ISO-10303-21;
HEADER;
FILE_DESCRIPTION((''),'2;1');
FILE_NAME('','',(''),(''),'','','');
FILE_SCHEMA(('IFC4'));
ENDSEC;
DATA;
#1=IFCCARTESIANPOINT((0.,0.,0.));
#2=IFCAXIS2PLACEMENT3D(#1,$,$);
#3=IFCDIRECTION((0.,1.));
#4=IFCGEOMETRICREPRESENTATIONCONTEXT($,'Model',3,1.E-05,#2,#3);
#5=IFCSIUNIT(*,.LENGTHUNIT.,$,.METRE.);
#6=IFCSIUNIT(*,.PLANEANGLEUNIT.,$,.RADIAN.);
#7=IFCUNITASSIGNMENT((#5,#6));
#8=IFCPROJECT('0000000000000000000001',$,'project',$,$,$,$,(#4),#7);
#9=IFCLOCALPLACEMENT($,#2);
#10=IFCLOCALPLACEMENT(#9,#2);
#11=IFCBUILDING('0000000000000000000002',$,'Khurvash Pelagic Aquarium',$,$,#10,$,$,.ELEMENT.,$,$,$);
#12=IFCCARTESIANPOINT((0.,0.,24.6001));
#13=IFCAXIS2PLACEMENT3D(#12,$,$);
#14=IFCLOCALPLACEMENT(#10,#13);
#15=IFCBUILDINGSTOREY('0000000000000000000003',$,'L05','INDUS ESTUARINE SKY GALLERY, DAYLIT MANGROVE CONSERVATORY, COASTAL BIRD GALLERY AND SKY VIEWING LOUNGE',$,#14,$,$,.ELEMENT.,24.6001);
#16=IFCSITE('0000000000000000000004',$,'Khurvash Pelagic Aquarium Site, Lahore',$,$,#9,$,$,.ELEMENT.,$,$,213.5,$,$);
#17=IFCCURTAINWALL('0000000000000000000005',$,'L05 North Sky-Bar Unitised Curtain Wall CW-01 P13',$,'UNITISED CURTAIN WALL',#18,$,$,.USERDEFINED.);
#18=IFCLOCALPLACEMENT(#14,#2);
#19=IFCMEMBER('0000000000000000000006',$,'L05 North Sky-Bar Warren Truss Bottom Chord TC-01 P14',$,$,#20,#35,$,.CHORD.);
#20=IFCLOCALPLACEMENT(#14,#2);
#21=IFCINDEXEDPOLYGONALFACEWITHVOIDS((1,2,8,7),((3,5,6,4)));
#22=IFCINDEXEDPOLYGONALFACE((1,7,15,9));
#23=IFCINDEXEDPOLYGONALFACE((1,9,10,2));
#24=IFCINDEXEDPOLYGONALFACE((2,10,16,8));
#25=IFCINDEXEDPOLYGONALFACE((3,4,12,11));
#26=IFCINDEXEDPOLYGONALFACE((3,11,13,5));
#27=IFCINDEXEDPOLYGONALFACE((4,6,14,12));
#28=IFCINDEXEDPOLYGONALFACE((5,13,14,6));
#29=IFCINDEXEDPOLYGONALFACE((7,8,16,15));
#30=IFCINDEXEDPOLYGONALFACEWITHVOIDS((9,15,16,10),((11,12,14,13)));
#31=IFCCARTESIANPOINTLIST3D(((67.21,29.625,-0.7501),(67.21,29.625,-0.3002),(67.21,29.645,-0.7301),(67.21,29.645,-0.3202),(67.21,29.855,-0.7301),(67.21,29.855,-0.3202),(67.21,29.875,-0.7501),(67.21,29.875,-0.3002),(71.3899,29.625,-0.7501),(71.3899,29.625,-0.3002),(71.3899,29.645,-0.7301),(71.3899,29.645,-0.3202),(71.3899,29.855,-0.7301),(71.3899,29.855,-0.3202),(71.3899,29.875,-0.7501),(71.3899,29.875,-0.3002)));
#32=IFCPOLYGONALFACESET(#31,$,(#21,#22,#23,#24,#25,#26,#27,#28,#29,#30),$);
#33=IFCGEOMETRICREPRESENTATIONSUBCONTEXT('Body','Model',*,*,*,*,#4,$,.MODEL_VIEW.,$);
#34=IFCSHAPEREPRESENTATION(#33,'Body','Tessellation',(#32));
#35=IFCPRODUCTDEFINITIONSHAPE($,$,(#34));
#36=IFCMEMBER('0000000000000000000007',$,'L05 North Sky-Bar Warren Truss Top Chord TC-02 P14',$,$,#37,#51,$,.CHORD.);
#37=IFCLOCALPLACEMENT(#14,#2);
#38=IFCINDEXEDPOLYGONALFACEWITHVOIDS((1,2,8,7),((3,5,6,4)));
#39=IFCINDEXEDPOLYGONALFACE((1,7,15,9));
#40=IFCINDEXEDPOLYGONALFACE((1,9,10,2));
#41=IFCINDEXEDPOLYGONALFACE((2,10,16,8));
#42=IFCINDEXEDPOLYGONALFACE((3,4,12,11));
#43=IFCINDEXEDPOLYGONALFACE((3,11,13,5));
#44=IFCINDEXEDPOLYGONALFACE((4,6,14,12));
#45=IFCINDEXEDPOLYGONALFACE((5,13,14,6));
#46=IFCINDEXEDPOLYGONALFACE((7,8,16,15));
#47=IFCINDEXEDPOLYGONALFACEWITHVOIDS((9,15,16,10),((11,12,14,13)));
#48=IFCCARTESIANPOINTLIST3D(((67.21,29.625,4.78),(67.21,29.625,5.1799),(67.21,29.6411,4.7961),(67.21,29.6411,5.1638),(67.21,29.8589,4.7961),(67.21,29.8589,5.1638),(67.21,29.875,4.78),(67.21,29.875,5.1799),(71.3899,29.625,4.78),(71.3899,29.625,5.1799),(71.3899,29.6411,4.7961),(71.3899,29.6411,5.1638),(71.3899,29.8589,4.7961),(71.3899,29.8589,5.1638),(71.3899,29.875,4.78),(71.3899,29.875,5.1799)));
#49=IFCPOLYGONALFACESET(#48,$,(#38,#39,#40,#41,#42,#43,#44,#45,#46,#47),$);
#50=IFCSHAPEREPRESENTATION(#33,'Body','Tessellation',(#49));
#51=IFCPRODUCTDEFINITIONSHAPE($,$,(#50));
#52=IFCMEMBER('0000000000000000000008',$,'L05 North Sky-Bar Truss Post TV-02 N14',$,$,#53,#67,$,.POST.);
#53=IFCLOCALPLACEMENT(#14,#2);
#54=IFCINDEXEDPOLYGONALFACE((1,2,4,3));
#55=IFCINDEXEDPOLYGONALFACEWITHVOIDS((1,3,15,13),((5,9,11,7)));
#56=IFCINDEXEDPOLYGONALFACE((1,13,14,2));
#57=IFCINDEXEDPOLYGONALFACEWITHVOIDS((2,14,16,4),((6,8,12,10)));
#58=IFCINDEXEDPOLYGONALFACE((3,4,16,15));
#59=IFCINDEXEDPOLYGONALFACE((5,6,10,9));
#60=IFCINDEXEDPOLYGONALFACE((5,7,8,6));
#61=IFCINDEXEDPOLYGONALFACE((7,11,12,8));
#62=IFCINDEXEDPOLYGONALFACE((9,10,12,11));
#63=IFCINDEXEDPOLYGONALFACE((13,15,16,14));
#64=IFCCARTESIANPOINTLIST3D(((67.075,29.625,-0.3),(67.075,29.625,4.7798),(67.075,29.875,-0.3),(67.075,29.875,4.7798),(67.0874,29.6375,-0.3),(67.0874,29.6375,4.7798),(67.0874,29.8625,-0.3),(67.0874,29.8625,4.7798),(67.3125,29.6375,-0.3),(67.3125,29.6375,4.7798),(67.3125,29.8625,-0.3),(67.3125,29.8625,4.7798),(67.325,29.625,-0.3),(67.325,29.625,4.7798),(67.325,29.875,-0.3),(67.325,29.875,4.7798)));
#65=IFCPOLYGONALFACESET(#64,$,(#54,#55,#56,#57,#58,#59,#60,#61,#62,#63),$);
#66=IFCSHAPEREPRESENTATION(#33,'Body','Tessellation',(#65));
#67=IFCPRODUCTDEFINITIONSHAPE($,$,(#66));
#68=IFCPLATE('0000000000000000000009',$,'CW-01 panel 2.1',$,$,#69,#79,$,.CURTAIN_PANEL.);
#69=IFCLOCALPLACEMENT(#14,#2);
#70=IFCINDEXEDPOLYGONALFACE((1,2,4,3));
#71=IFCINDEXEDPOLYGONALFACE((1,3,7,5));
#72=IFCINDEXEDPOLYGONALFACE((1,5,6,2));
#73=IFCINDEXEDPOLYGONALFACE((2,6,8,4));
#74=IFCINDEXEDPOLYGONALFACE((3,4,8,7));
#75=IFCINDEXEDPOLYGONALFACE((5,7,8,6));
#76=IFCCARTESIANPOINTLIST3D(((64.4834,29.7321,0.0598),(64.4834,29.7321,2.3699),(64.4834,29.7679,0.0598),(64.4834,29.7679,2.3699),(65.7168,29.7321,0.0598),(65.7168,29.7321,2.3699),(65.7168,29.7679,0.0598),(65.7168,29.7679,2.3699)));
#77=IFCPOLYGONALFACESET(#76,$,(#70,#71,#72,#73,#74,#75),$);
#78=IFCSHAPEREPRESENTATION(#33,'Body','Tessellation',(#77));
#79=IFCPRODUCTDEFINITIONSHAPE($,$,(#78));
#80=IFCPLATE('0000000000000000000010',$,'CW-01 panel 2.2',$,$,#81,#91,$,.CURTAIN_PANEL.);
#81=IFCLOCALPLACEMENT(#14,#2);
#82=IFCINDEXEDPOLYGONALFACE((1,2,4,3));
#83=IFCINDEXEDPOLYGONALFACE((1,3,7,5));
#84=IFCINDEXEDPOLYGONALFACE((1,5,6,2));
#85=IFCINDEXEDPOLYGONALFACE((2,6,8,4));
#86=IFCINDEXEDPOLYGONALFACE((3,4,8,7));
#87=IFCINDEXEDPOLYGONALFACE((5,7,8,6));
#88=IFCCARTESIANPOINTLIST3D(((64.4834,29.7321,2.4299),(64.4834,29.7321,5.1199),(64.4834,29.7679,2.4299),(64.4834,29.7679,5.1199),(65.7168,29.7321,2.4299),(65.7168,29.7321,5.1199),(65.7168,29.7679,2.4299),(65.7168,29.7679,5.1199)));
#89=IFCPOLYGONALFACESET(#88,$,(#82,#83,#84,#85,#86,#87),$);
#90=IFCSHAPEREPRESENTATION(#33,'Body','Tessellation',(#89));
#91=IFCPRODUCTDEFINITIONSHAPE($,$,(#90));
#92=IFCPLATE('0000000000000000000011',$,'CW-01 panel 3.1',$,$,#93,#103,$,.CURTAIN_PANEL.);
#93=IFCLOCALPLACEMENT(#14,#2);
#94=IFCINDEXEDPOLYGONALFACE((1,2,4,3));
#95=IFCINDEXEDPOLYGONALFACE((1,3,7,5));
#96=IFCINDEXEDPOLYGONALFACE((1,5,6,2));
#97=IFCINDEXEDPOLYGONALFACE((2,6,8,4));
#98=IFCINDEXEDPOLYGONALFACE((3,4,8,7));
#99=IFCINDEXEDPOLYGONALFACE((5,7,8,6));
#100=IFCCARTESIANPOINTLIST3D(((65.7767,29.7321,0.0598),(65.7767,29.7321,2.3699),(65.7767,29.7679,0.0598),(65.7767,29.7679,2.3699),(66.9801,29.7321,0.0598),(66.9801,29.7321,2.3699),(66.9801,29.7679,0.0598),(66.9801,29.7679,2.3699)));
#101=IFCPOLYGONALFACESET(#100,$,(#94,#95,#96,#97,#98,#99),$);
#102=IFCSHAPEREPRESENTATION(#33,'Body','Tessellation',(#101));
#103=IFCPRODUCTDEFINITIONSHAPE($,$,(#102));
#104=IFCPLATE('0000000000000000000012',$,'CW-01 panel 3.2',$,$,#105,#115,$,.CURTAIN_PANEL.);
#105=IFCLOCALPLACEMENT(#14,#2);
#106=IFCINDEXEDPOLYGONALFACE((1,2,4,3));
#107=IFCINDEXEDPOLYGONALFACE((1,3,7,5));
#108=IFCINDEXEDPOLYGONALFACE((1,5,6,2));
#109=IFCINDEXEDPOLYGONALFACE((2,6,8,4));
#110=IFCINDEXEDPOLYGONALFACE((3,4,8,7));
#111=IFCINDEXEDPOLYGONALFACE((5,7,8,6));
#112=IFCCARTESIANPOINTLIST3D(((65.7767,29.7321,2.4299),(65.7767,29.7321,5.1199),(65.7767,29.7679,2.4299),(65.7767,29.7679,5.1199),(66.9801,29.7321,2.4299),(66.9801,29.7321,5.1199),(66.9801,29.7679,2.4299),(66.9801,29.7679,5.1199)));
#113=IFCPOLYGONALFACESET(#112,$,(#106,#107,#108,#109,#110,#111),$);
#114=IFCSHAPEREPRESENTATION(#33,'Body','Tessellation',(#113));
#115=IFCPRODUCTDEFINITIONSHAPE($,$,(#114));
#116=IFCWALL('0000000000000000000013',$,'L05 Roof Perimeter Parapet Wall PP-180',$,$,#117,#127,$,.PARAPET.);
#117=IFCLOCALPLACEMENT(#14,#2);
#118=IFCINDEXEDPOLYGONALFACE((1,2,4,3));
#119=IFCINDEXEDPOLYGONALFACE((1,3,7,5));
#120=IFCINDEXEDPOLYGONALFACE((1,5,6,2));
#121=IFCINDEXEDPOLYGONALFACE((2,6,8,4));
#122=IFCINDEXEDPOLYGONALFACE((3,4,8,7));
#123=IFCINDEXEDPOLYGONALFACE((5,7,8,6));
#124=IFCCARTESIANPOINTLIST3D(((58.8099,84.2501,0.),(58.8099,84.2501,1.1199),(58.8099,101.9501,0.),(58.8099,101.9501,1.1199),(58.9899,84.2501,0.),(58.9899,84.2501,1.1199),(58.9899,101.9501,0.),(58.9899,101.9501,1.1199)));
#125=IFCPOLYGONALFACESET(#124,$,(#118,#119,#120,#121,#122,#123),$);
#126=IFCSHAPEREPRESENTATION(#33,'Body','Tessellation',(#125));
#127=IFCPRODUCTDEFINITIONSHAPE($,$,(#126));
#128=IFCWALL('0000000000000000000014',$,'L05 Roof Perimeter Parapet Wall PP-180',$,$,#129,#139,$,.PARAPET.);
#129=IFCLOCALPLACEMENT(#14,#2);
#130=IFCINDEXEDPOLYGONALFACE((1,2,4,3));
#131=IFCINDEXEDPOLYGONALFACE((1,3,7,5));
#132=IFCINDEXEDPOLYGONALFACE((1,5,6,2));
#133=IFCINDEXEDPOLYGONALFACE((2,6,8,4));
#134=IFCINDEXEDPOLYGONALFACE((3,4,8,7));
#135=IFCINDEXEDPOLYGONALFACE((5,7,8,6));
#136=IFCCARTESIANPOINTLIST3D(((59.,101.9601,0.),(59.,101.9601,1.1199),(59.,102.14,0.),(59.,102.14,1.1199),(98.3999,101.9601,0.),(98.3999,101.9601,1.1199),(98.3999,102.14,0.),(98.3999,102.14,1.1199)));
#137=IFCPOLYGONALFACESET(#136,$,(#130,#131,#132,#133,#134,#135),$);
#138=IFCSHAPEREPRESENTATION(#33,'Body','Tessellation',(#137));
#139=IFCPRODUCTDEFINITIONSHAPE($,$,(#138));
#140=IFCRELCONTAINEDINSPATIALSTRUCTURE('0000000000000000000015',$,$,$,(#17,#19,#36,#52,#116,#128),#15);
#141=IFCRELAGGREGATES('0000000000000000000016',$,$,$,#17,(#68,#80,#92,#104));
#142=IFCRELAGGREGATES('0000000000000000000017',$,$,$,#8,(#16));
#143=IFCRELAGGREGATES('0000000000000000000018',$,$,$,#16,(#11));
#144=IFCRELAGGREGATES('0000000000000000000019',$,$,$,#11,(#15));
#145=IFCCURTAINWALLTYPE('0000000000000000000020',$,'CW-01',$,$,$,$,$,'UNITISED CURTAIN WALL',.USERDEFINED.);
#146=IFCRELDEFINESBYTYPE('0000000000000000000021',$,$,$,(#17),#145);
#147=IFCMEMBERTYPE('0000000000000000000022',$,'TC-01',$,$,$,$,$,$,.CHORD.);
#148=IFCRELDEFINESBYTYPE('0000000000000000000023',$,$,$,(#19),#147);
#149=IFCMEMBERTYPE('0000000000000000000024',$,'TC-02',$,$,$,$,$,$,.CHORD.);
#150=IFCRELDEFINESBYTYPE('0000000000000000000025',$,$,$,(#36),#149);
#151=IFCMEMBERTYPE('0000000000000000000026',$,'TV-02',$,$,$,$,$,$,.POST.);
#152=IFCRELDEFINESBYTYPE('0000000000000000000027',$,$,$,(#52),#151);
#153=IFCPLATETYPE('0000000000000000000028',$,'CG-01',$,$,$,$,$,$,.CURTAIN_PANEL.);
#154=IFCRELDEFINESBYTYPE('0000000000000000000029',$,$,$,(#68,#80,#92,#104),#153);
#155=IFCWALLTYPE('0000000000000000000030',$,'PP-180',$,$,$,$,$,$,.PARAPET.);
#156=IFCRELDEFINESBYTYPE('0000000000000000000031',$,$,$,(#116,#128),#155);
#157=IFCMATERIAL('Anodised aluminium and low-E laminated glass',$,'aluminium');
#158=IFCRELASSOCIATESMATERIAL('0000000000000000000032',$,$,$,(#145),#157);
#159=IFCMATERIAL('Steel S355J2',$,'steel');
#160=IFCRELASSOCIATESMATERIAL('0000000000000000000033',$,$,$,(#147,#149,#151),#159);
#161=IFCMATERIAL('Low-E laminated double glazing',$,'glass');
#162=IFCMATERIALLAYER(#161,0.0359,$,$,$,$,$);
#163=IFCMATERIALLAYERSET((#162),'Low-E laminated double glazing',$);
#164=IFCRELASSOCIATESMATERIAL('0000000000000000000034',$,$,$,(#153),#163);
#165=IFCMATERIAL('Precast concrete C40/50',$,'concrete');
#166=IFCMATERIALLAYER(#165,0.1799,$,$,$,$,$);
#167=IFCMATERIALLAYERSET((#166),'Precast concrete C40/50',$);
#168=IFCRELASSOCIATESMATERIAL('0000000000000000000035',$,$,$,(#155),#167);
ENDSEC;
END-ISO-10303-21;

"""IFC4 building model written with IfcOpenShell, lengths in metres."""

from ifc_helpers import new_model, si_unit, direction, frame, frame_2d, origin, origin_2d, place, context, subcontext, project, spatial, rectangle, hollow_rectangle, extrude, material, layer, layer_set, material_profile, profile_set, type_object, element, aggregate, save


model = new_model("IFC4")

# Units and contexts
model_context = context("Model", 3, precision=1e-05, world=origin(), true_north=direction((0.0, 1.0)))
body_context = subcontext(model_context, "Body", "Model", "MODEL_VIEW")
ifc_project = project(units=[si_unit("LENGTHUNIT", "METRE"), si_unit("PLANEANGLEUNIT", "RADIAN")], contexts=[model_context])

# Site, building, storey
site_placement = place(None, origin())
site = spatial("IfcSite", under=ifc_project, at=site_placement, Name="Khurvash Pelagic Aquarium Site, Lahore", CompositionType="ELEMENT", RefElevation=213.5)
building_placement = place(site_placement, origin())
building = spatial("IfcBuilding", under=site, at=building_placement, Name="Khurvash Pelagic Aquarium", CompositionType="ELEMENT")
storey_placement = place(building_placement, frame((0.0, 0.0, 24.6001)))
storey = spatial("IfcBuildingStorey", under=building, at=storey_placement, Name="L05", Description="INDUS ESTUARINE SKY GALLERY, DAYLIT MANGROVE CONSERVATORY, COASTAL BIRD GALLERY AND SKY VIEWING LOUNGE", CompositionType="ELEMENT", Elevation=24.6001)

# Curtain wall
ifc_material_1 = material(Name="Anodised aluminium and low-E laminated glass", Category="aluminium")
curtain_wall_type = type_object("IfcCurtainWallType", Name="CW-01", ElementType="UNITISED CURTAIN WALL", PredefinedType="USERDEFINED", material=ifc_material_1)
curtain_wall_placement = place(storey_placement, origin())
curtain_wall = element("IfcCurtainWall", 1, at=curtain_wall_placement, inside=storey, type_object=curtain_wall_type, Name="L05 North Sky-Bar Unitised Curtain Wall CW-01 P13", ObjectType="UNITISED CURTAIN WALL", PredefinedType="USERDEFINED")

# Members
ifc_material_2 = material(Name="Steel S355J2", Category="steel")
ifc_material_profile_1 = material_profile(ifc_material_2, hollow_rectangle(XDim=0.25, YDim=0.45, WallThickness=0.02, at=origin_2d()), Name="RHS450X250X20")
ifc_profile_set_1 = profile_set([ifc_material_profile_1], Name="Steel S355J2")
member_type_1 = type_object("IfcMemberType", Name="TC-01", PredefinedType="CHORD", material=ifc_profile_set_1)
member_1_placement = place(storey_placement, frame((67.21, 29.75, -0.5251), z_axis=(1.0, 0.0, 0.0), x_axis=(0.0, 1.0, 0.0)))
element("IfcMember", 2, at=member_1_placement, inside=storey, type_object=member_type_1, Name="L05 North Sky-Bar Warren Truss Bottom Chord TC-01 P14", PredefinedType="CHORD", context=body_context, shape_type="SweptSolid", body=[
    extrude(hollow_rectangle(XDim=0.25, YDim=0.45, WallThickness=0.02, at=origin_2d()), origin(), (0.0, 0.0, 1.0), 4.1799),
])
ifc_material_profile_2 = material_profile(ifc_material_2, hollow_rectangle(XDim=0.25, YDim=0.3999, WallThickness=0.0161, at=origin_2d()), Name="RHS400X250X16")
ifc_profile_set_2 = profile_set([ifc_material_profile_2], Name="Steel S355J2")
member_type_2 = type_object("IfcMemberType", Name="TC-02", PredefinedType="CHORD", material=ifc_profile_set_2)
member_2_placement = place(storey_placement, frame((67.21, 29.75, 4.98), z_axis=(1.0, 0.0, 0.0), x_axis=(0.0, 1.0, 0.0)))
element("IfcMember", 3, at=member_2_placement, inside=storey, type_object=member_type_2, Name="L05 North Sky-Bar Warren Truss Top Chord TC-02 P14", PredefinedType="CHORD", context=body_context, shape_type="SweptSolid", body=[
    extrude(hollow_rectangle(XDim=0.25, YDim=0.3999, WallThickness=0.0161, at=origin_2d()), origin(), (0.0, 0.0, 1.0), 4.1799),
])
ifc_material_profile_3 = material_profile(ifc_material_2, hollow_rectangle(XDim=0.25, YDim=0.25, WallThickness=0.0125, at=origin_2d()), Name="SHS250X250X12")
ifc_profile_set_3 = profile_set([ifc_material_profile_3], Name="Steel S355J2")
member_type_3 = type_object("IfcMemberType", Name="TV-02", PredefinedType="POST", material=ifc_profile_set_3)
member_3_placement = place(storey_placement, frame((67.2, 29.75, -0.3), z_axis=(0.0, 0.0, 1.0), x_axis=(1.0, 0.0, 0.0)))
element("IfcMember", 4, at=member_3_placement, inside=storey, type_object=member_type_3, Name="L05 North Sky-Bar Truss Post TV-02 N14", PredefinedType="POST", context=body_context, shape_type="SweptSolid", body=[
    extrude(hollow_rectangle(XDim=0.25, YDim=0.25, WallThickness=0.0125, at=origin_2d()), origin(), (0.0, 0.0, 1.0), 5.0798),
])

# Plates
ifc_material_3 = material(Name="Low-E laminated double glazing", Category="glass")
ifc_layer_1 = layer(ifc_material_3, 0.0359)
ifc_layer_set_1 = layer_set([ifc_layer_1], Name="Low-E laminated double glazing")
plate_type = type_object("IfcPlateType", Name="CG-01", PredefinedType="CURTAIN_PANEL", material=ifc_layer_set_1)
plate_1_placement = place(storey_placement, frame((65.1001, 29.75, 0.0598), z_axis=(0.0, 0.0, 1.0), x_axis=(1.0, 0.0, 0.0)))
plate_1 = element("IfcPlate", 5, at=plate_1_placement, type_object=plate_type, Name="CW-01 panel 2.1", PredefinedType="CURTAIN_PANEL", context=body_context, shape_type="SweptSolid", body=[
    extrude(rectangle(XDim=1.2334, YDim=0.0359, at=origin_2d()), origin(), (0.0, 0.0, 1.0), 2.3101),
])
plate_2_placement = place(storey_placement, frame((65.1001, 29.75, 2.4299), z_axis=(0.0, 0.0, 1.0), x_axis=(1.0, 0.0, 0.0)))
plate_2 = element("IfcPlate", 6, at=plate_2_placement, type_object=plate_type, Name="CW-01 panel 2.2", PredefinedType="CURTAIN_PANEL", context=body_context, shape_type="SweptSolid", body=[
    extrude(rectangle(XDim=1.2334, YDim=0.0359, at=origin_2d()), origin(), (0.0, 0.0, 1.0), 2.6899),
])
plate_3_placement = place(storey_placement, frame((66.3784, 29.75, 0.0598), z_axis=(0.0, 0.0, 1.0), x_axis=(1.0, 0.0, 0.0)))
plate_3 = element("IfcPlate", 7, at=plate_3_placement, type_object=plate_type, Name="CW-01 panel 3.1", PredefinedType="CURTAIN_PANEL", context=body_context, shape_type="SweptSolid", body=[
    extrude(rectangle(XDim=1.2034, YDim=0.0359, at=origin_2d()), origin(), (0.0, 0.0, 1.0), 2.3101),
])
plate_4_placement = place(storey_placement, frame((66.3784, 29.75, 2.4299), z_axis=(0.0, 0.0, 1.0), x_axis=(1.0, 0.0, 0.0)))
plate_4 = element("IfcPlate", 8, at=plate_4_placement, type_object=plate_type, Name="CW-01 panel 3.2", PredefinedType="CURTAIN_PANEL", context=body_context, shape_type="SweptSolid", body=[
    extrude(rectangle(XDim=1.2034, YDim=0.0359, at=origin_2d()), origin(), (0.0, 0.0, 1.0), 2.6899),
])
aggregate(curtain_wall, [plate_1, plate_2, plate_3, plate_4])

# Walls
ifc_material_4 = material(Name="Precast concrete C40/50", Category="concrete")
ifc_layer_2 = layer(ifc_material_4, 0.1799)
ifc_layer_set_2 = layer_set([ifc_layer_2], Name="Precast concrete C40/50")
wall_type = type_object("IfcWallType", Name="PP-180", PredefinedType="PARAPET", material=ifc_layer_set_2)
wall_1_placement = place(storey_placement, frame((58.8999, 84.25, 0.0), z_axis=(0.0, 0.0, 1.0), x_axis=(0.0, 1.0, 0.0)))
element("IfcWall", 9, at=wall_1_placement, inside=storey, type_object=wall_type, Name="L05 Roof Perimeter Parapet Wall PP-180", PredefinedType="PARAPET", context=body_context, shape_type="SweptSolid", body=[
    extrude(rectangle(XDim=17.7, YDim=0.1799, at=frame_2d((8.8501, 0.0))), origin(), (0.0, 0.0, 1.0), 1.1199),
])
wall_2_placement = place(storey_placement, frame((59.0, 102.05, 0.0), z_axis=(0.0, 0.0, 1.0), x_axis=(1.0, 0.0, 0.0)))
element("IfcWall", 10, at=wall_2_placement, inside=storey, type_object=wall_type, Name="L05 Roof Perimeter Parapet Wall PP-180", PredefinedType="PARAPET", context=body_context, shape_type="SweptSolid", body=[
    extrude(rectangle(XDim=39.3999, YDim=0.1799, at=frame_2d((19.7, 0.0))), origin(), (0.0, 0.0, 1.0), 1.1199),
])

save(model, "model.ifc")
